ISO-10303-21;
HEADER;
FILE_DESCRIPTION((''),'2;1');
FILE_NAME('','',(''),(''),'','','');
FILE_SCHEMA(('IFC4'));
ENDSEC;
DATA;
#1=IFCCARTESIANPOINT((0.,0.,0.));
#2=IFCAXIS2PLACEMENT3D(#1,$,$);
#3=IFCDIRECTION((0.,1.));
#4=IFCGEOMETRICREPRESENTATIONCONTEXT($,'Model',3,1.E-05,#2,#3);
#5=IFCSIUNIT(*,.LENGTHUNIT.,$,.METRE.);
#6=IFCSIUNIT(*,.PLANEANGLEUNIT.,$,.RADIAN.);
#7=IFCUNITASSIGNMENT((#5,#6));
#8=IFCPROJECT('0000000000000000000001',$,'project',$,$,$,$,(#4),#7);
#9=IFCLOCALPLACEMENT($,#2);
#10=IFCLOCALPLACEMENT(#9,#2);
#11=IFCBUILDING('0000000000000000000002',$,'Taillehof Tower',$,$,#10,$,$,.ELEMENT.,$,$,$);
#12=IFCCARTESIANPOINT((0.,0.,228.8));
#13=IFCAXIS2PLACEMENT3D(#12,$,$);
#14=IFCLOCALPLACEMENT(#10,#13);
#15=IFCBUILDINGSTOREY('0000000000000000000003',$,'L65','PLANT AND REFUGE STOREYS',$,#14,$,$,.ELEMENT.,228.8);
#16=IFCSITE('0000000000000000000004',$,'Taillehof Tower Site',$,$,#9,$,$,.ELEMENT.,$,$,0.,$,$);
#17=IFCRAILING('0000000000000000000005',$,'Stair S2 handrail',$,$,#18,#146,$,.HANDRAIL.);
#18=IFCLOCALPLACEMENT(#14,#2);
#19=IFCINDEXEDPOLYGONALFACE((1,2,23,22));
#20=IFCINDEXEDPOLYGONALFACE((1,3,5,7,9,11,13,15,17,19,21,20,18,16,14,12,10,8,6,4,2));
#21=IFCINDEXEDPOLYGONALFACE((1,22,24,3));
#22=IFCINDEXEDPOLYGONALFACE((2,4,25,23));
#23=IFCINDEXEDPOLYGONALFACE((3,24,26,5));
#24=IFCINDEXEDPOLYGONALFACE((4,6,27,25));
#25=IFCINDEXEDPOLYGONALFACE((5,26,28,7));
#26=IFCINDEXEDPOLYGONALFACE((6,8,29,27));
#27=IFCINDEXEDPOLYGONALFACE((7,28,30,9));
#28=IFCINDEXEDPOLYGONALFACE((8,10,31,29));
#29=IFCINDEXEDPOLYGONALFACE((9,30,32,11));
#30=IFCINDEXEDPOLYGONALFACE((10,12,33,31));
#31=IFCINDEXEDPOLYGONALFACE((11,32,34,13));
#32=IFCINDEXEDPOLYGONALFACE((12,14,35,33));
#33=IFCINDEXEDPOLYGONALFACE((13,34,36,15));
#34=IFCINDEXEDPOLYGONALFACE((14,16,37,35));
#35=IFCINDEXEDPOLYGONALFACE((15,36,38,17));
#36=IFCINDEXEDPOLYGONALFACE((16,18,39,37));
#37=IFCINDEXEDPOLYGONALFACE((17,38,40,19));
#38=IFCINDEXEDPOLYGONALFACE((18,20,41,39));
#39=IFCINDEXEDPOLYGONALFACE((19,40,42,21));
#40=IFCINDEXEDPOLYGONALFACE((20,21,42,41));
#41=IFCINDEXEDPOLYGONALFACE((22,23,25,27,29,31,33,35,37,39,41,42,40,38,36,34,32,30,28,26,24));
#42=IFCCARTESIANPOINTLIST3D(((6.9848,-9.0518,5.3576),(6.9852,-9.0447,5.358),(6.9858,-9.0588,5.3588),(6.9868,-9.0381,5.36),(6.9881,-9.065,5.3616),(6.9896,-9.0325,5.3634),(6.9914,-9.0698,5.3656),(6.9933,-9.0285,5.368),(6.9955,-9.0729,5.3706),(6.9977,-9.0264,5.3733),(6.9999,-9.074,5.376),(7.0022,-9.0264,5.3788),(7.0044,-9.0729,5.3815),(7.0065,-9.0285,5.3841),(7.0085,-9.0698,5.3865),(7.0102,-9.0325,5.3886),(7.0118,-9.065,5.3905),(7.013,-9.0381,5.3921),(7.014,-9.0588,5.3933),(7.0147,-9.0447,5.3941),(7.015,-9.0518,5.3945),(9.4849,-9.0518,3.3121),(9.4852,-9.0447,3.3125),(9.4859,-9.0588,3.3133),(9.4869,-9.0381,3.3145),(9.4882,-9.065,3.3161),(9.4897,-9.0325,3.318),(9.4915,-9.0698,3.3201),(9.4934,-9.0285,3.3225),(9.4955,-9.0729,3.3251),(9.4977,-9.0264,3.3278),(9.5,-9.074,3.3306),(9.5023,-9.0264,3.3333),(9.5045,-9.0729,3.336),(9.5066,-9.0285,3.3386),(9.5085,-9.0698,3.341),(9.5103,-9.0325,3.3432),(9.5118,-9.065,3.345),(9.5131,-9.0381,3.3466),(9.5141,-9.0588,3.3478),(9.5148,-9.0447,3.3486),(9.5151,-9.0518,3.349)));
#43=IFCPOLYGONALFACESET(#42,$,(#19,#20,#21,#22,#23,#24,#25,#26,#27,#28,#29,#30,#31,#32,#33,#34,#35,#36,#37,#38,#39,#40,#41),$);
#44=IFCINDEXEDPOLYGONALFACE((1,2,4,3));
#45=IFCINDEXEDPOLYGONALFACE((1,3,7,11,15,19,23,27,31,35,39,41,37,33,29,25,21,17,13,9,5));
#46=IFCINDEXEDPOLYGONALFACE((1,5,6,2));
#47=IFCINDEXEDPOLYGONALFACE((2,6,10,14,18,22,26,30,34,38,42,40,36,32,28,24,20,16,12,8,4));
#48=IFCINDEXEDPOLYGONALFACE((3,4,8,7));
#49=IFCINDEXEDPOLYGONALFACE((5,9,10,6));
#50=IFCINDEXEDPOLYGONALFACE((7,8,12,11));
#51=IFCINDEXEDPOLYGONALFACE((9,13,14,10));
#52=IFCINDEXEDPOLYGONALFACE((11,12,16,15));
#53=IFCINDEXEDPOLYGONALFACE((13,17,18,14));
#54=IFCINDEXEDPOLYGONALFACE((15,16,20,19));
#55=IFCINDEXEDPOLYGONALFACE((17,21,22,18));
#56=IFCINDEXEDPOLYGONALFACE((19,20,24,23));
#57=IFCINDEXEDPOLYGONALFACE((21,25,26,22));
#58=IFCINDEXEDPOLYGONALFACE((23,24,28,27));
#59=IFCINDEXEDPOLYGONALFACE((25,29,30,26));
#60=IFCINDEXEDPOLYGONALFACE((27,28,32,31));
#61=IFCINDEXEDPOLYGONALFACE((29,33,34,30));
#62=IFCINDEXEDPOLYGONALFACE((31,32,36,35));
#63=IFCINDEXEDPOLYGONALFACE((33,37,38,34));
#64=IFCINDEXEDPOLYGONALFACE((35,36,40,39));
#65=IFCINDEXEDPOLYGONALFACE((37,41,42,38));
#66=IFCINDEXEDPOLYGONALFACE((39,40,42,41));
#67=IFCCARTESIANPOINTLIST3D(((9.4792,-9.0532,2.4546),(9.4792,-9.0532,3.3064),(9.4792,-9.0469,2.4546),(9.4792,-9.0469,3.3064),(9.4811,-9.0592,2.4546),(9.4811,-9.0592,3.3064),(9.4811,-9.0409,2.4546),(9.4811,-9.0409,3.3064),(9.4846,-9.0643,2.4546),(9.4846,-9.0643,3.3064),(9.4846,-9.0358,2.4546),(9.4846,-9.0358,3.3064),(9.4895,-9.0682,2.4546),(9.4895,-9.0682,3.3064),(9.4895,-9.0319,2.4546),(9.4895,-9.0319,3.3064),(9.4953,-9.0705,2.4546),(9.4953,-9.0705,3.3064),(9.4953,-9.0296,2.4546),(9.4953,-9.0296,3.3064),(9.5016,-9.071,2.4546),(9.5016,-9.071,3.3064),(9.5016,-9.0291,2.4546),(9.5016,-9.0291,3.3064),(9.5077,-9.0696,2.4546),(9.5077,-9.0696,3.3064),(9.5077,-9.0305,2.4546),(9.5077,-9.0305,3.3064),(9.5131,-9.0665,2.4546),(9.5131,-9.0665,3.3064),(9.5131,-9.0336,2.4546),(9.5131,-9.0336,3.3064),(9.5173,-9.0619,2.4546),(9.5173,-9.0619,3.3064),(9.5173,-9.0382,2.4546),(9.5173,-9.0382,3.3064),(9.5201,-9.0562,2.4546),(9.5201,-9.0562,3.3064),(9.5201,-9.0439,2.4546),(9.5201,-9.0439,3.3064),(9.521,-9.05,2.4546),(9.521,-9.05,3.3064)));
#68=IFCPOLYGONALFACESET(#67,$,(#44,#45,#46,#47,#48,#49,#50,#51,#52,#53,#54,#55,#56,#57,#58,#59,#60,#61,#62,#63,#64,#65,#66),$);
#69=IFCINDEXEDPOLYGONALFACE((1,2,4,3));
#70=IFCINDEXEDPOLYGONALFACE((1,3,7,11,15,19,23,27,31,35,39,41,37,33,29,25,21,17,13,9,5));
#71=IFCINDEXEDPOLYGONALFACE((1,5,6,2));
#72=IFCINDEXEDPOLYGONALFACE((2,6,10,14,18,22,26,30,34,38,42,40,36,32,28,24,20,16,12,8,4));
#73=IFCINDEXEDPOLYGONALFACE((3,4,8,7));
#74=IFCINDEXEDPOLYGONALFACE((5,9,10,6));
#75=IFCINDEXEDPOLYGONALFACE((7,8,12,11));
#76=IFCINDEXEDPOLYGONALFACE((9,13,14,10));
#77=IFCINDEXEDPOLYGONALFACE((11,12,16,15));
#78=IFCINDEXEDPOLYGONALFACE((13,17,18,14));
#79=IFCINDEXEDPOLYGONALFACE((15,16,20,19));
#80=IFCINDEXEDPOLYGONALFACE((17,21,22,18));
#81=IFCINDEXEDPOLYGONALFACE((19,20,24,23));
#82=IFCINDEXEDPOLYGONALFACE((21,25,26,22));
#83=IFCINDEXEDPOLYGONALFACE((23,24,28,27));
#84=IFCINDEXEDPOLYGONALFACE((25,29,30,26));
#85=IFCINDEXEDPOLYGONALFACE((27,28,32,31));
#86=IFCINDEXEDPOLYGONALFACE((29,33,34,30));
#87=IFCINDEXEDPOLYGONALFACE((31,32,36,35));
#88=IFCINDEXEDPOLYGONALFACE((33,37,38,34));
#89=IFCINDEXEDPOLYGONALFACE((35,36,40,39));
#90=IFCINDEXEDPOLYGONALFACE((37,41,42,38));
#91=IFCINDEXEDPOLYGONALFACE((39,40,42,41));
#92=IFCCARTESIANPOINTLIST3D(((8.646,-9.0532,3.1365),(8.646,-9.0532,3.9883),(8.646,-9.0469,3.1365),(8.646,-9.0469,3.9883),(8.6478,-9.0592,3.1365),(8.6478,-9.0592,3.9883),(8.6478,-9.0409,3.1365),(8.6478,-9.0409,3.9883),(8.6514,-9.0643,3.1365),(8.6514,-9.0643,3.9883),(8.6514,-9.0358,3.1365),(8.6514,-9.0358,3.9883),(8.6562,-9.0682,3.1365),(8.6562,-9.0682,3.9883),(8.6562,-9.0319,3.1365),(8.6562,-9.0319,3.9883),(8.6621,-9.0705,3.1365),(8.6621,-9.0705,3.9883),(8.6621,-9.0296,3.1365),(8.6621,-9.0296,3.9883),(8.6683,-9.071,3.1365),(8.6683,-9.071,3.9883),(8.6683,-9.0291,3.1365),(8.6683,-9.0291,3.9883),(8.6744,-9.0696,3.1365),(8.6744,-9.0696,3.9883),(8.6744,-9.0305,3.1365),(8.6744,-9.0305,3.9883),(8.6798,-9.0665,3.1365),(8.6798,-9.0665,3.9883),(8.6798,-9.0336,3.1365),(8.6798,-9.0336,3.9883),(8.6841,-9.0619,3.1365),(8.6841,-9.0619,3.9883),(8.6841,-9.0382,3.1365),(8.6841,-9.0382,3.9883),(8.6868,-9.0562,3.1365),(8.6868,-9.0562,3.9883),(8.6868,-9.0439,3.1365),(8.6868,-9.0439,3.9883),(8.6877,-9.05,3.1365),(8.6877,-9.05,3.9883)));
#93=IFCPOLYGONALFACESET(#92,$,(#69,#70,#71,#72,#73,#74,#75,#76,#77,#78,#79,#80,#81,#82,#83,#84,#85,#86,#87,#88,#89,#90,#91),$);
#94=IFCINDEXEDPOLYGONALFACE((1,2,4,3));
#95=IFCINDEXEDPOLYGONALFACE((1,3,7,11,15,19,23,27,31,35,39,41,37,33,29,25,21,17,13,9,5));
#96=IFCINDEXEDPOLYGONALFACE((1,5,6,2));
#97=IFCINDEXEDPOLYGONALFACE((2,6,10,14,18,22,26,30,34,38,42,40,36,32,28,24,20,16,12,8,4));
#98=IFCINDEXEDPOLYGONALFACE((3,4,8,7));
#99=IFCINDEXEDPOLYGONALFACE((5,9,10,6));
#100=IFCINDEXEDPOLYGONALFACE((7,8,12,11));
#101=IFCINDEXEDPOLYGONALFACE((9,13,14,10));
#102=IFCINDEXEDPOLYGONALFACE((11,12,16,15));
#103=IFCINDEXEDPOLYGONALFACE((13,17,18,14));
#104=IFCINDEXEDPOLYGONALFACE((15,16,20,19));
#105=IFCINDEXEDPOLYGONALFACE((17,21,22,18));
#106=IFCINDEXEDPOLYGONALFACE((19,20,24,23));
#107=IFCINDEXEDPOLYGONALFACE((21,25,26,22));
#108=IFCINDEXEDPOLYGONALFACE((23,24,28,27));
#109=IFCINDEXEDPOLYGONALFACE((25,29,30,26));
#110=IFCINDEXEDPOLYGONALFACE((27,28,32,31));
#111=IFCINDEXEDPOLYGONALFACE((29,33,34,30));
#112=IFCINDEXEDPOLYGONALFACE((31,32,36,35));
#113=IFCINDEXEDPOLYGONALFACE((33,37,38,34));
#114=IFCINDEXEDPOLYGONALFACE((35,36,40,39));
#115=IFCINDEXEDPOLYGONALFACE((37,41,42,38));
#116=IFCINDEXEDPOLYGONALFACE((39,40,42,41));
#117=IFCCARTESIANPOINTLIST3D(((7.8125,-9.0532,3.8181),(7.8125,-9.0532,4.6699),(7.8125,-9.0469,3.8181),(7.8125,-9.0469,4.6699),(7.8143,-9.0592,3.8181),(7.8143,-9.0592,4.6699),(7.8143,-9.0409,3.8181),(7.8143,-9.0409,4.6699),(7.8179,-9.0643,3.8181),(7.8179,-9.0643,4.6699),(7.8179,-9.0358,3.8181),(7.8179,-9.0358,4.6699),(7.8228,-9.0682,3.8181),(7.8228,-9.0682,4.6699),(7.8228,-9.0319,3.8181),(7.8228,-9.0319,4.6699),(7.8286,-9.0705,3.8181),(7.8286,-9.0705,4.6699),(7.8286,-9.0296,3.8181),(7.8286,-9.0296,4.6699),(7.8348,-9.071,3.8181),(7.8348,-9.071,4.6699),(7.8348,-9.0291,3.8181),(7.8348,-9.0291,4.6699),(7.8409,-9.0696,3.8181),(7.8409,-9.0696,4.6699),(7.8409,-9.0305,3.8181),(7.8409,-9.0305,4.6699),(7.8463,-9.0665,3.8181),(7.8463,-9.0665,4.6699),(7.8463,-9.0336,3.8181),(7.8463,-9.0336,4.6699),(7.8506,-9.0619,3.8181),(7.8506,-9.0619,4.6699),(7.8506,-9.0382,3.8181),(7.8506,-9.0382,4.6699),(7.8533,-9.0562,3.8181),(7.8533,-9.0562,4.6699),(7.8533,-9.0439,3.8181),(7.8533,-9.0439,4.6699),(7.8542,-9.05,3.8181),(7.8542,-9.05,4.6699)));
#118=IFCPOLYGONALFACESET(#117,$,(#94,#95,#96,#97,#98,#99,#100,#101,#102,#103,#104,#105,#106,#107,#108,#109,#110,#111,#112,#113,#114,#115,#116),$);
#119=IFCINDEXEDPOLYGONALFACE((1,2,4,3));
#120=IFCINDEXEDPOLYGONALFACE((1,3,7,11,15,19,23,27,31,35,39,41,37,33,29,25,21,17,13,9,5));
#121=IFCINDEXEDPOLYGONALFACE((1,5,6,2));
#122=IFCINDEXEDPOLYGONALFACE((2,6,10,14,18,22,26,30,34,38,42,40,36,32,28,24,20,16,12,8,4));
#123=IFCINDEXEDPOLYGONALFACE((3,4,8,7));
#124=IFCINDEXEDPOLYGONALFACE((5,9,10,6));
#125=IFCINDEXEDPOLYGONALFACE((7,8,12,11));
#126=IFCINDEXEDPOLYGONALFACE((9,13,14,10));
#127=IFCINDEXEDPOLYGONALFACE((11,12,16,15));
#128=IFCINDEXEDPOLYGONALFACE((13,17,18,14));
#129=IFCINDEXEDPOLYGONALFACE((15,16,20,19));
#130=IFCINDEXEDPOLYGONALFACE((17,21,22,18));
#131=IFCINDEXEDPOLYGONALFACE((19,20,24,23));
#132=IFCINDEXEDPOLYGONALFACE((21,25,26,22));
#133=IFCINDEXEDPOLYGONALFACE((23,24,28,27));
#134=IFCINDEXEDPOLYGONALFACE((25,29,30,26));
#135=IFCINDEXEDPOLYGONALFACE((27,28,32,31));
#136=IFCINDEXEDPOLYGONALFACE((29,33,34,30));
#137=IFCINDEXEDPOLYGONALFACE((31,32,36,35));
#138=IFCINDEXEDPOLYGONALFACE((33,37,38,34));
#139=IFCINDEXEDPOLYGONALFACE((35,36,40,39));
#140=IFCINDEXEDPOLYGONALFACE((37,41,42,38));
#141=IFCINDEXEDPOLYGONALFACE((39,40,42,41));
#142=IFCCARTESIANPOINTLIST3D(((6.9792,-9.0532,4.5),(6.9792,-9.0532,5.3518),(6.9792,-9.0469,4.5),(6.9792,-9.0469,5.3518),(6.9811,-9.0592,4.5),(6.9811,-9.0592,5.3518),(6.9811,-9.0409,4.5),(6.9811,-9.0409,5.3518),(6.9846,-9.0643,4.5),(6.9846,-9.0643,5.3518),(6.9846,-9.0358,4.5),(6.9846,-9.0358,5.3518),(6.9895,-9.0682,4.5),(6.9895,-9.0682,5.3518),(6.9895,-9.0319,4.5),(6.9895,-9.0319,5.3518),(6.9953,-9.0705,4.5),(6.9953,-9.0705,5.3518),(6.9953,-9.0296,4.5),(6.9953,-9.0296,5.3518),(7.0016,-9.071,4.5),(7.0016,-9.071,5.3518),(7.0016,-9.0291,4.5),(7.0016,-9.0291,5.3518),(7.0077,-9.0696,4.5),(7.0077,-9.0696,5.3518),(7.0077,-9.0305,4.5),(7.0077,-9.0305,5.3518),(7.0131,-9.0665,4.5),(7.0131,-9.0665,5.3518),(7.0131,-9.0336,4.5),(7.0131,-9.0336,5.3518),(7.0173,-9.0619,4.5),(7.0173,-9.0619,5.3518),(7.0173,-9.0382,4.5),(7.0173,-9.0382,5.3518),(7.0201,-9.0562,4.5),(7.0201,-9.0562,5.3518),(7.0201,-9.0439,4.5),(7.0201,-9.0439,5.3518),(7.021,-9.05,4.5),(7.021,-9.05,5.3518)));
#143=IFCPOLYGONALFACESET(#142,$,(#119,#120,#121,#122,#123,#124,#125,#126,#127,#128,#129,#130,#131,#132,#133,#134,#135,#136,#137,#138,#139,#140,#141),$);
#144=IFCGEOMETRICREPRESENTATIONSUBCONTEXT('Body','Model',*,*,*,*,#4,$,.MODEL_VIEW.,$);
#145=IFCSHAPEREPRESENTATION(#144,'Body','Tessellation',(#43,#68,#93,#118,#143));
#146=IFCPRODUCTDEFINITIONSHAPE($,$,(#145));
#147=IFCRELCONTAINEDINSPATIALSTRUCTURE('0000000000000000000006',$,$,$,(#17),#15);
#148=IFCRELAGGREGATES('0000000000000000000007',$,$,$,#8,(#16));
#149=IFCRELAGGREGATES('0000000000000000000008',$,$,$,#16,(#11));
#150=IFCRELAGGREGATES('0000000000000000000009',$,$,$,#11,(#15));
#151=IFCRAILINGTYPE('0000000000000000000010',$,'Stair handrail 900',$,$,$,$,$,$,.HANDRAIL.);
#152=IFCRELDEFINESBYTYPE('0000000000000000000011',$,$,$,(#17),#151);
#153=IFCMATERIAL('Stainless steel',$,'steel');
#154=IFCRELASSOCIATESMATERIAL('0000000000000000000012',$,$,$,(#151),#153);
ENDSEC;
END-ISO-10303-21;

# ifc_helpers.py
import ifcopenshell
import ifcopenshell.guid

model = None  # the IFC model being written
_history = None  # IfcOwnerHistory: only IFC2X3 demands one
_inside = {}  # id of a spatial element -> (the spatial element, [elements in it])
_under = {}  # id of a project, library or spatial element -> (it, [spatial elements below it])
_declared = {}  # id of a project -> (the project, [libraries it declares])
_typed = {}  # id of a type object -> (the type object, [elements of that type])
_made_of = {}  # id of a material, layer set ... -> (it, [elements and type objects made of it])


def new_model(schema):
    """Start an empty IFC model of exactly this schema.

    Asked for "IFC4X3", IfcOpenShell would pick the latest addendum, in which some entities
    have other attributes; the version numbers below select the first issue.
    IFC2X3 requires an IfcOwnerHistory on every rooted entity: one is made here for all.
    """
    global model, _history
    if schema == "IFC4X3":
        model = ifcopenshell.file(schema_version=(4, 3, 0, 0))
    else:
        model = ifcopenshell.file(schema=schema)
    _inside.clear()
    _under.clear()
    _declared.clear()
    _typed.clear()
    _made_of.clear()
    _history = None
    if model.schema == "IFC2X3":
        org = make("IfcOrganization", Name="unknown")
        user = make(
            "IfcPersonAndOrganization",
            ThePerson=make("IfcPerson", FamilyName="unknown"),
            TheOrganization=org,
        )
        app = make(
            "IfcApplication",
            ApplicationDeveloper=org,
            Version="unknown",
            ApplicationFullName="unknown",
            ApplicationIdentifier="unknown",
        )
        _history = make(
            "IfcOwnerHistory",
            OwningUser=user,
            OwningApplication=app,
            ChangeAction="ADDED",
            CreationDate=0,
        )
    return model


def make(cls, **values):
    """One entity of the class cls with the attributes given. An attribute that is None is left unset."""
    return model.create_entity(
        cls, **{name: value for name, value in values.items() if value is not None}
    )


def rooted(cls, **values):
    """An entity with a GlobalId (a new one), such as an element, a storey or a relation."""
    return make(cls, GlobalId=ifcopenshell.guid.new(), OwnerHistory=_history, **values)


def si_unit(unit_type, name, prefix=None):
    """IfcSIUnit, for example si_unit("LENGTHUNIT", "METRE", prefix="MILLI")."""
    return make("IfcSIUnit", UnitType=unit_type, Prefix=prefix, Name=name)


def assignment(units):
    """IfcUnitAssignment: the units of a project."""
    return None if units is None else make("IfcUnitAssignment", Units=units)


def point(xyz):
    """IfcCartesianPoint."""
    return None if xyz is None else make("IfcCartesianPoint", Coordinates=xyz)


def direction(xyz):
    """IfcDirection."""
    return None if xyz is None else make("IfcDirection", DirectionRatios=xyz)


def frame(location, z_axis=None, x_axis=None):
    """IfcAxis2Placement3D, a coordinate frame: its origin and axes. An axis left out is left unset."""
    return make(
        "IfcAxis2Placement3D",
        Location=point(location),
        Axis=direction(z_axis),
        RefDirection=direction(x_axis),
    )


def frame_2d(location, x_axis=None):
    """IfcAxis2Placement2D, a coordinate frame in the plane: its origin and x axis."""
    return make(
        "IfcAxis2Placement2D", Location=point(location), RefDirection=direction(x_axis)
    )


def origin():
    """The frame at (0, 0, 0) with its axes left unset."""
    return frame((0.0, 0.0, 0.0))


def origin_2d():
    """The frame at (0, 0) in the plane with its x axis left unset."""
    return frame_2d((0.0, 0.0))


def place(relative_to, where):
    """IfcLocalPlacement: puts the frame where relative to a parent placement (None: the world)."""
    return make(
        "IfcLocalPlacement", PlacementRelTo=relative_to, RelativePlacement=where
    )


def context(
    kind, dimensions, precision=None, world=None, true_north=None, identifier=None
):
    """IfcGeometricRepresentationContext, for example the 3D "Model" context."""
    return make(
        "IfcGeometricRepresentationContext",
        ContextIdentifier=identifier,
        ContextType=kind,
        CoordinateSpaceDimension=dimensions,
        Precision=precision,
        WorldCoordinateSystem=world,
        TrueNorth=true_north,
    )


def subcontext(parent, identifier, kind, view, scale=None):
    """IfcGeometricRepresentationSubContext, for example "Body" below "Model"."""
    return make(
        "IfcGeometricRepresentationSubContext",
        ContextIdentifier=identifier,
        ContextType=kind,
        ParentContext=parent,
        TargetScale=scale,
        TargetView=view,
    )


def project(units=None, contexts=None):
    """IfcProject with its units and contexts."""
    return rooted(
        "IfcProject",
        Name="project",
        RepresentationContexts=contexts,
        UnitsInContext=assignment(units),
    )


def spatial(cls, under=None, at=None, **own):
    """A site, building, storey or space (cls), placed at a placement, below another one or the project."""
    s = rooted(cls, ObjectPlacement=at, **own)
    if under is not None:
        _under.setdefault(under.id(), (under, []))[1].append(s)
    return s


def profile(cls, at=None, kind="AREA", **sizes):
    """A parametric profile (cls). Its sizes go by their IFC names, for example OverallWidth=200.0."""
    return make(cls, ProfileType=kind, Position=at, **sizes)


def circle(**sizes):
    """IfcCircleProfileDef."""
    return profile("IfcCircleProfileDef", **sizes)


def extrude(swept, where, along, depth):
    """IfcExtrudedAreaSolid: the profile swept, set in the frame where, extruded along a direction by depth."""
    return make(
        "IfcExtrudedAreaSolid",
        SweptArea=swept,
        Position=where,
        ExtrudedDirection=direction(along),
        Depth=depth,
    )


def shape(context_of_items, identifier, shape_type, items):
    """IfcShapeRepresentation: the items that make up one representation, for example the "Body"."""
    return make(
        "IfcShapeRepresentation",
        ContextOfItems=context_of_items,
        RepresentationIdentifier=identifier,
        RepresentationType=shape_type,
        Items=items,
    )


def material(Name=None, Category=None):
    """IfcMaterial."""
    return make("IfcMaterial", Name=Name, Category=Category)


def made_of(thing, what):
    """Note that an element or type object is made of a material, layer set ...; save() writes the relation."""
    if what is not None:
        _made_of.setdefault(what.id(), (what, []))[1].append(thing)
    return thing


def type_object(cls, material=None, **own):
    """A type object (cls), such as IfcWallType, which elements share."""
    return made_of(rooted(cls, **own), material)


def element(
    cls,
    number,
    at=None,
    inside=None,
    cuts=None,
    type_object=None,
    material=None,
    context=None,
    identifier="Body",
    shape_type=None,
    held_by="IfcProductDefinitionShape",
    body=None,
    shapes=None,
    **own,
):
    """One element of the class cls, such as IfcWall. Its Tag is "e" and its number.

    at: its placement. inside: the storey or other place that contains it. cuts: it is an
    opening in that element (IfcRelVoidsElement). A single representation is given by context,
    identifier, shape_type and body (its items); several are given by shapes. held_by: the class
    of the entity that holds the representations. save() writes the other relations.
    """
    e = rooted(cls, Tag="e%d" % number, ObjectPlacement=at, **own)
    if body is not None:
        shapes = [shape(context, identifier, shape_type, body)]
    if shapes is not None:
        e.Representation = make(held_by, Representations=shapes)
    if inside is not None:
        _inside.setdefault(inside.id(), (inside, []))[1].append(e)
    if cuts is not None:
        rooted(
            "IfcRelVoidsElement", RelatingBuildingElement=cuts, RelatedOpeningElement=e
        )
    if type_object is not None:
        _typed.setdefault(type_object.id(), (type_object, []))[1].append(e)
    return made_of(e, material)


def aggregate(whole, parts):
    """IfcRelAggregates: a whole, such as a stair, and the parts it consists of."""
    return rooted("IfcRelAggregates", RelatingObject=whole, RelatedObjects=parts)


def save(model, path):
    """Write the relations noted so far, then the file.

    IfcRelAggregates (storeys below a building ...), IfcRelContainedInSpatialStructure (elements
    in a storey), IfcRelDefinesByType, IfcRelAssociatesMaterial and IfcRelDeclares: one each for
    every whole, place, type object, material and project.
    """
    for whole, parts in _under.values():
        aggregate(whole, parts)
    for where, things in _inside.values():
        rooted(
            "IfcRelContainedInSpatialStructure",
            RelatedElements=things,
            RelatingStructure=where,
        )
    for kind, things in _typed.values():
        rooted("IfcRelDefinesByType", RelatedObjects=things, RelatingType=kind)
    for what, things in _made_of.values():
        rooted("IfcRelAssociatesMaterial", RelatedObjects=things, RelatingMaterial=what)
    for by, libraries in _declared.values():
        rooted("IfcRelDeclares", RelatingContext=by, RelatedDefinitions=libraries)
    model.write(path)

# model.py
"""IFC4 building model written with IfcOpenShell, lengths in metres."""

from ifc_helpers import new_model, si_unit, direction, frame, origin, origin_2d, place, context, subcontext, project, spatial, circle, extrude, material, type_object, element, save


model = new_model("IFC4")

# Units and contexts
model_context = context("Model", 3, precision=1e-05, world=origin(), true_north=direction((0.0, 1.0)))
body_context = subcontext(model_context, "Body", "Model", "MODEL_VIEW")
ifc_project = project(units=[si_unit("LENGTHUNIT", "METRE"), si_unit("PLANEANGLEUNIT", "RADIAN")], contexts=[model_context])

# Site, building, storey
site_placement = place(None, origin())
site = spatial("IfcSite", under=ifc_project, at=site_placement, Name="Taillehof Tower Site", CompositionType="ELEMENT", RefElevation=0.0)
building_placement = place(site_placement, origin())
building = spatial("IfcBuilding", under=site, at=building_placement, Name="Taillehof Tower", CompositionType="ELEMENT")
storey_placement = place(building_placement, frame((0.0, 0.0, 228.8)))
storey = spatial("IfcBuildingStorey", under=building, at=storey_placement, Name="L65", Description="PLANT AND REFUGE STOREYS", CompositionType="ELEMENT", Elevation=228.8)

# Railing
ifc_material_1 = material(Name="Stainless steel", Category="steel")
railing_type = type_object("IfcRailingType", Name="Stair handrail 900", PredefinedType="HANDRAIL", material=ifc_material_1)
railing_placement = place(storey_placement, frame((9.5, -9.05, 2.4546)))
element("IfcRailing", 1, at=railing_placement, inside=storey, type_object=railing_type, Name="Stair S2 handrail", PredefinedType="HANDRAIL", context=body_context, shape_type="SweptSolid", body=[
    extrude(circle(Radius=0.0239, at=origin_2d()), frame((0.0, 0.0, 0.876), z_axis=(-0.773964, 0.0, 0.63323), x_axis=(0.0, -1.0, 0.0)), (0.0, 0.0, 1.0), 3.2302),
    extrude(circle(Radius=0.021, at=origin_2d()), origin(), (0.0, 0.0, 1.0), 0.8518),
    extrude(circle(Radius=0.021, at=origin_2d()), frame((-0.8333, 0.0, 0.6819)), (0.0, 0.0, 1.0), 0.8518),
    extrude(circle(Radius=0.021, at=origin_2d()), frame((-1.6667, 0.0, 1.3635)), (0.0, 0.0, 1.0), 0.8518),
    extrude(circle(Radius=0.021, at=origin_2d()), frame((-2.5, 0.0, 2.0454)), (0.0, 0.0, 1.0), 0.8518),
])

save(model, "model.ifc")
